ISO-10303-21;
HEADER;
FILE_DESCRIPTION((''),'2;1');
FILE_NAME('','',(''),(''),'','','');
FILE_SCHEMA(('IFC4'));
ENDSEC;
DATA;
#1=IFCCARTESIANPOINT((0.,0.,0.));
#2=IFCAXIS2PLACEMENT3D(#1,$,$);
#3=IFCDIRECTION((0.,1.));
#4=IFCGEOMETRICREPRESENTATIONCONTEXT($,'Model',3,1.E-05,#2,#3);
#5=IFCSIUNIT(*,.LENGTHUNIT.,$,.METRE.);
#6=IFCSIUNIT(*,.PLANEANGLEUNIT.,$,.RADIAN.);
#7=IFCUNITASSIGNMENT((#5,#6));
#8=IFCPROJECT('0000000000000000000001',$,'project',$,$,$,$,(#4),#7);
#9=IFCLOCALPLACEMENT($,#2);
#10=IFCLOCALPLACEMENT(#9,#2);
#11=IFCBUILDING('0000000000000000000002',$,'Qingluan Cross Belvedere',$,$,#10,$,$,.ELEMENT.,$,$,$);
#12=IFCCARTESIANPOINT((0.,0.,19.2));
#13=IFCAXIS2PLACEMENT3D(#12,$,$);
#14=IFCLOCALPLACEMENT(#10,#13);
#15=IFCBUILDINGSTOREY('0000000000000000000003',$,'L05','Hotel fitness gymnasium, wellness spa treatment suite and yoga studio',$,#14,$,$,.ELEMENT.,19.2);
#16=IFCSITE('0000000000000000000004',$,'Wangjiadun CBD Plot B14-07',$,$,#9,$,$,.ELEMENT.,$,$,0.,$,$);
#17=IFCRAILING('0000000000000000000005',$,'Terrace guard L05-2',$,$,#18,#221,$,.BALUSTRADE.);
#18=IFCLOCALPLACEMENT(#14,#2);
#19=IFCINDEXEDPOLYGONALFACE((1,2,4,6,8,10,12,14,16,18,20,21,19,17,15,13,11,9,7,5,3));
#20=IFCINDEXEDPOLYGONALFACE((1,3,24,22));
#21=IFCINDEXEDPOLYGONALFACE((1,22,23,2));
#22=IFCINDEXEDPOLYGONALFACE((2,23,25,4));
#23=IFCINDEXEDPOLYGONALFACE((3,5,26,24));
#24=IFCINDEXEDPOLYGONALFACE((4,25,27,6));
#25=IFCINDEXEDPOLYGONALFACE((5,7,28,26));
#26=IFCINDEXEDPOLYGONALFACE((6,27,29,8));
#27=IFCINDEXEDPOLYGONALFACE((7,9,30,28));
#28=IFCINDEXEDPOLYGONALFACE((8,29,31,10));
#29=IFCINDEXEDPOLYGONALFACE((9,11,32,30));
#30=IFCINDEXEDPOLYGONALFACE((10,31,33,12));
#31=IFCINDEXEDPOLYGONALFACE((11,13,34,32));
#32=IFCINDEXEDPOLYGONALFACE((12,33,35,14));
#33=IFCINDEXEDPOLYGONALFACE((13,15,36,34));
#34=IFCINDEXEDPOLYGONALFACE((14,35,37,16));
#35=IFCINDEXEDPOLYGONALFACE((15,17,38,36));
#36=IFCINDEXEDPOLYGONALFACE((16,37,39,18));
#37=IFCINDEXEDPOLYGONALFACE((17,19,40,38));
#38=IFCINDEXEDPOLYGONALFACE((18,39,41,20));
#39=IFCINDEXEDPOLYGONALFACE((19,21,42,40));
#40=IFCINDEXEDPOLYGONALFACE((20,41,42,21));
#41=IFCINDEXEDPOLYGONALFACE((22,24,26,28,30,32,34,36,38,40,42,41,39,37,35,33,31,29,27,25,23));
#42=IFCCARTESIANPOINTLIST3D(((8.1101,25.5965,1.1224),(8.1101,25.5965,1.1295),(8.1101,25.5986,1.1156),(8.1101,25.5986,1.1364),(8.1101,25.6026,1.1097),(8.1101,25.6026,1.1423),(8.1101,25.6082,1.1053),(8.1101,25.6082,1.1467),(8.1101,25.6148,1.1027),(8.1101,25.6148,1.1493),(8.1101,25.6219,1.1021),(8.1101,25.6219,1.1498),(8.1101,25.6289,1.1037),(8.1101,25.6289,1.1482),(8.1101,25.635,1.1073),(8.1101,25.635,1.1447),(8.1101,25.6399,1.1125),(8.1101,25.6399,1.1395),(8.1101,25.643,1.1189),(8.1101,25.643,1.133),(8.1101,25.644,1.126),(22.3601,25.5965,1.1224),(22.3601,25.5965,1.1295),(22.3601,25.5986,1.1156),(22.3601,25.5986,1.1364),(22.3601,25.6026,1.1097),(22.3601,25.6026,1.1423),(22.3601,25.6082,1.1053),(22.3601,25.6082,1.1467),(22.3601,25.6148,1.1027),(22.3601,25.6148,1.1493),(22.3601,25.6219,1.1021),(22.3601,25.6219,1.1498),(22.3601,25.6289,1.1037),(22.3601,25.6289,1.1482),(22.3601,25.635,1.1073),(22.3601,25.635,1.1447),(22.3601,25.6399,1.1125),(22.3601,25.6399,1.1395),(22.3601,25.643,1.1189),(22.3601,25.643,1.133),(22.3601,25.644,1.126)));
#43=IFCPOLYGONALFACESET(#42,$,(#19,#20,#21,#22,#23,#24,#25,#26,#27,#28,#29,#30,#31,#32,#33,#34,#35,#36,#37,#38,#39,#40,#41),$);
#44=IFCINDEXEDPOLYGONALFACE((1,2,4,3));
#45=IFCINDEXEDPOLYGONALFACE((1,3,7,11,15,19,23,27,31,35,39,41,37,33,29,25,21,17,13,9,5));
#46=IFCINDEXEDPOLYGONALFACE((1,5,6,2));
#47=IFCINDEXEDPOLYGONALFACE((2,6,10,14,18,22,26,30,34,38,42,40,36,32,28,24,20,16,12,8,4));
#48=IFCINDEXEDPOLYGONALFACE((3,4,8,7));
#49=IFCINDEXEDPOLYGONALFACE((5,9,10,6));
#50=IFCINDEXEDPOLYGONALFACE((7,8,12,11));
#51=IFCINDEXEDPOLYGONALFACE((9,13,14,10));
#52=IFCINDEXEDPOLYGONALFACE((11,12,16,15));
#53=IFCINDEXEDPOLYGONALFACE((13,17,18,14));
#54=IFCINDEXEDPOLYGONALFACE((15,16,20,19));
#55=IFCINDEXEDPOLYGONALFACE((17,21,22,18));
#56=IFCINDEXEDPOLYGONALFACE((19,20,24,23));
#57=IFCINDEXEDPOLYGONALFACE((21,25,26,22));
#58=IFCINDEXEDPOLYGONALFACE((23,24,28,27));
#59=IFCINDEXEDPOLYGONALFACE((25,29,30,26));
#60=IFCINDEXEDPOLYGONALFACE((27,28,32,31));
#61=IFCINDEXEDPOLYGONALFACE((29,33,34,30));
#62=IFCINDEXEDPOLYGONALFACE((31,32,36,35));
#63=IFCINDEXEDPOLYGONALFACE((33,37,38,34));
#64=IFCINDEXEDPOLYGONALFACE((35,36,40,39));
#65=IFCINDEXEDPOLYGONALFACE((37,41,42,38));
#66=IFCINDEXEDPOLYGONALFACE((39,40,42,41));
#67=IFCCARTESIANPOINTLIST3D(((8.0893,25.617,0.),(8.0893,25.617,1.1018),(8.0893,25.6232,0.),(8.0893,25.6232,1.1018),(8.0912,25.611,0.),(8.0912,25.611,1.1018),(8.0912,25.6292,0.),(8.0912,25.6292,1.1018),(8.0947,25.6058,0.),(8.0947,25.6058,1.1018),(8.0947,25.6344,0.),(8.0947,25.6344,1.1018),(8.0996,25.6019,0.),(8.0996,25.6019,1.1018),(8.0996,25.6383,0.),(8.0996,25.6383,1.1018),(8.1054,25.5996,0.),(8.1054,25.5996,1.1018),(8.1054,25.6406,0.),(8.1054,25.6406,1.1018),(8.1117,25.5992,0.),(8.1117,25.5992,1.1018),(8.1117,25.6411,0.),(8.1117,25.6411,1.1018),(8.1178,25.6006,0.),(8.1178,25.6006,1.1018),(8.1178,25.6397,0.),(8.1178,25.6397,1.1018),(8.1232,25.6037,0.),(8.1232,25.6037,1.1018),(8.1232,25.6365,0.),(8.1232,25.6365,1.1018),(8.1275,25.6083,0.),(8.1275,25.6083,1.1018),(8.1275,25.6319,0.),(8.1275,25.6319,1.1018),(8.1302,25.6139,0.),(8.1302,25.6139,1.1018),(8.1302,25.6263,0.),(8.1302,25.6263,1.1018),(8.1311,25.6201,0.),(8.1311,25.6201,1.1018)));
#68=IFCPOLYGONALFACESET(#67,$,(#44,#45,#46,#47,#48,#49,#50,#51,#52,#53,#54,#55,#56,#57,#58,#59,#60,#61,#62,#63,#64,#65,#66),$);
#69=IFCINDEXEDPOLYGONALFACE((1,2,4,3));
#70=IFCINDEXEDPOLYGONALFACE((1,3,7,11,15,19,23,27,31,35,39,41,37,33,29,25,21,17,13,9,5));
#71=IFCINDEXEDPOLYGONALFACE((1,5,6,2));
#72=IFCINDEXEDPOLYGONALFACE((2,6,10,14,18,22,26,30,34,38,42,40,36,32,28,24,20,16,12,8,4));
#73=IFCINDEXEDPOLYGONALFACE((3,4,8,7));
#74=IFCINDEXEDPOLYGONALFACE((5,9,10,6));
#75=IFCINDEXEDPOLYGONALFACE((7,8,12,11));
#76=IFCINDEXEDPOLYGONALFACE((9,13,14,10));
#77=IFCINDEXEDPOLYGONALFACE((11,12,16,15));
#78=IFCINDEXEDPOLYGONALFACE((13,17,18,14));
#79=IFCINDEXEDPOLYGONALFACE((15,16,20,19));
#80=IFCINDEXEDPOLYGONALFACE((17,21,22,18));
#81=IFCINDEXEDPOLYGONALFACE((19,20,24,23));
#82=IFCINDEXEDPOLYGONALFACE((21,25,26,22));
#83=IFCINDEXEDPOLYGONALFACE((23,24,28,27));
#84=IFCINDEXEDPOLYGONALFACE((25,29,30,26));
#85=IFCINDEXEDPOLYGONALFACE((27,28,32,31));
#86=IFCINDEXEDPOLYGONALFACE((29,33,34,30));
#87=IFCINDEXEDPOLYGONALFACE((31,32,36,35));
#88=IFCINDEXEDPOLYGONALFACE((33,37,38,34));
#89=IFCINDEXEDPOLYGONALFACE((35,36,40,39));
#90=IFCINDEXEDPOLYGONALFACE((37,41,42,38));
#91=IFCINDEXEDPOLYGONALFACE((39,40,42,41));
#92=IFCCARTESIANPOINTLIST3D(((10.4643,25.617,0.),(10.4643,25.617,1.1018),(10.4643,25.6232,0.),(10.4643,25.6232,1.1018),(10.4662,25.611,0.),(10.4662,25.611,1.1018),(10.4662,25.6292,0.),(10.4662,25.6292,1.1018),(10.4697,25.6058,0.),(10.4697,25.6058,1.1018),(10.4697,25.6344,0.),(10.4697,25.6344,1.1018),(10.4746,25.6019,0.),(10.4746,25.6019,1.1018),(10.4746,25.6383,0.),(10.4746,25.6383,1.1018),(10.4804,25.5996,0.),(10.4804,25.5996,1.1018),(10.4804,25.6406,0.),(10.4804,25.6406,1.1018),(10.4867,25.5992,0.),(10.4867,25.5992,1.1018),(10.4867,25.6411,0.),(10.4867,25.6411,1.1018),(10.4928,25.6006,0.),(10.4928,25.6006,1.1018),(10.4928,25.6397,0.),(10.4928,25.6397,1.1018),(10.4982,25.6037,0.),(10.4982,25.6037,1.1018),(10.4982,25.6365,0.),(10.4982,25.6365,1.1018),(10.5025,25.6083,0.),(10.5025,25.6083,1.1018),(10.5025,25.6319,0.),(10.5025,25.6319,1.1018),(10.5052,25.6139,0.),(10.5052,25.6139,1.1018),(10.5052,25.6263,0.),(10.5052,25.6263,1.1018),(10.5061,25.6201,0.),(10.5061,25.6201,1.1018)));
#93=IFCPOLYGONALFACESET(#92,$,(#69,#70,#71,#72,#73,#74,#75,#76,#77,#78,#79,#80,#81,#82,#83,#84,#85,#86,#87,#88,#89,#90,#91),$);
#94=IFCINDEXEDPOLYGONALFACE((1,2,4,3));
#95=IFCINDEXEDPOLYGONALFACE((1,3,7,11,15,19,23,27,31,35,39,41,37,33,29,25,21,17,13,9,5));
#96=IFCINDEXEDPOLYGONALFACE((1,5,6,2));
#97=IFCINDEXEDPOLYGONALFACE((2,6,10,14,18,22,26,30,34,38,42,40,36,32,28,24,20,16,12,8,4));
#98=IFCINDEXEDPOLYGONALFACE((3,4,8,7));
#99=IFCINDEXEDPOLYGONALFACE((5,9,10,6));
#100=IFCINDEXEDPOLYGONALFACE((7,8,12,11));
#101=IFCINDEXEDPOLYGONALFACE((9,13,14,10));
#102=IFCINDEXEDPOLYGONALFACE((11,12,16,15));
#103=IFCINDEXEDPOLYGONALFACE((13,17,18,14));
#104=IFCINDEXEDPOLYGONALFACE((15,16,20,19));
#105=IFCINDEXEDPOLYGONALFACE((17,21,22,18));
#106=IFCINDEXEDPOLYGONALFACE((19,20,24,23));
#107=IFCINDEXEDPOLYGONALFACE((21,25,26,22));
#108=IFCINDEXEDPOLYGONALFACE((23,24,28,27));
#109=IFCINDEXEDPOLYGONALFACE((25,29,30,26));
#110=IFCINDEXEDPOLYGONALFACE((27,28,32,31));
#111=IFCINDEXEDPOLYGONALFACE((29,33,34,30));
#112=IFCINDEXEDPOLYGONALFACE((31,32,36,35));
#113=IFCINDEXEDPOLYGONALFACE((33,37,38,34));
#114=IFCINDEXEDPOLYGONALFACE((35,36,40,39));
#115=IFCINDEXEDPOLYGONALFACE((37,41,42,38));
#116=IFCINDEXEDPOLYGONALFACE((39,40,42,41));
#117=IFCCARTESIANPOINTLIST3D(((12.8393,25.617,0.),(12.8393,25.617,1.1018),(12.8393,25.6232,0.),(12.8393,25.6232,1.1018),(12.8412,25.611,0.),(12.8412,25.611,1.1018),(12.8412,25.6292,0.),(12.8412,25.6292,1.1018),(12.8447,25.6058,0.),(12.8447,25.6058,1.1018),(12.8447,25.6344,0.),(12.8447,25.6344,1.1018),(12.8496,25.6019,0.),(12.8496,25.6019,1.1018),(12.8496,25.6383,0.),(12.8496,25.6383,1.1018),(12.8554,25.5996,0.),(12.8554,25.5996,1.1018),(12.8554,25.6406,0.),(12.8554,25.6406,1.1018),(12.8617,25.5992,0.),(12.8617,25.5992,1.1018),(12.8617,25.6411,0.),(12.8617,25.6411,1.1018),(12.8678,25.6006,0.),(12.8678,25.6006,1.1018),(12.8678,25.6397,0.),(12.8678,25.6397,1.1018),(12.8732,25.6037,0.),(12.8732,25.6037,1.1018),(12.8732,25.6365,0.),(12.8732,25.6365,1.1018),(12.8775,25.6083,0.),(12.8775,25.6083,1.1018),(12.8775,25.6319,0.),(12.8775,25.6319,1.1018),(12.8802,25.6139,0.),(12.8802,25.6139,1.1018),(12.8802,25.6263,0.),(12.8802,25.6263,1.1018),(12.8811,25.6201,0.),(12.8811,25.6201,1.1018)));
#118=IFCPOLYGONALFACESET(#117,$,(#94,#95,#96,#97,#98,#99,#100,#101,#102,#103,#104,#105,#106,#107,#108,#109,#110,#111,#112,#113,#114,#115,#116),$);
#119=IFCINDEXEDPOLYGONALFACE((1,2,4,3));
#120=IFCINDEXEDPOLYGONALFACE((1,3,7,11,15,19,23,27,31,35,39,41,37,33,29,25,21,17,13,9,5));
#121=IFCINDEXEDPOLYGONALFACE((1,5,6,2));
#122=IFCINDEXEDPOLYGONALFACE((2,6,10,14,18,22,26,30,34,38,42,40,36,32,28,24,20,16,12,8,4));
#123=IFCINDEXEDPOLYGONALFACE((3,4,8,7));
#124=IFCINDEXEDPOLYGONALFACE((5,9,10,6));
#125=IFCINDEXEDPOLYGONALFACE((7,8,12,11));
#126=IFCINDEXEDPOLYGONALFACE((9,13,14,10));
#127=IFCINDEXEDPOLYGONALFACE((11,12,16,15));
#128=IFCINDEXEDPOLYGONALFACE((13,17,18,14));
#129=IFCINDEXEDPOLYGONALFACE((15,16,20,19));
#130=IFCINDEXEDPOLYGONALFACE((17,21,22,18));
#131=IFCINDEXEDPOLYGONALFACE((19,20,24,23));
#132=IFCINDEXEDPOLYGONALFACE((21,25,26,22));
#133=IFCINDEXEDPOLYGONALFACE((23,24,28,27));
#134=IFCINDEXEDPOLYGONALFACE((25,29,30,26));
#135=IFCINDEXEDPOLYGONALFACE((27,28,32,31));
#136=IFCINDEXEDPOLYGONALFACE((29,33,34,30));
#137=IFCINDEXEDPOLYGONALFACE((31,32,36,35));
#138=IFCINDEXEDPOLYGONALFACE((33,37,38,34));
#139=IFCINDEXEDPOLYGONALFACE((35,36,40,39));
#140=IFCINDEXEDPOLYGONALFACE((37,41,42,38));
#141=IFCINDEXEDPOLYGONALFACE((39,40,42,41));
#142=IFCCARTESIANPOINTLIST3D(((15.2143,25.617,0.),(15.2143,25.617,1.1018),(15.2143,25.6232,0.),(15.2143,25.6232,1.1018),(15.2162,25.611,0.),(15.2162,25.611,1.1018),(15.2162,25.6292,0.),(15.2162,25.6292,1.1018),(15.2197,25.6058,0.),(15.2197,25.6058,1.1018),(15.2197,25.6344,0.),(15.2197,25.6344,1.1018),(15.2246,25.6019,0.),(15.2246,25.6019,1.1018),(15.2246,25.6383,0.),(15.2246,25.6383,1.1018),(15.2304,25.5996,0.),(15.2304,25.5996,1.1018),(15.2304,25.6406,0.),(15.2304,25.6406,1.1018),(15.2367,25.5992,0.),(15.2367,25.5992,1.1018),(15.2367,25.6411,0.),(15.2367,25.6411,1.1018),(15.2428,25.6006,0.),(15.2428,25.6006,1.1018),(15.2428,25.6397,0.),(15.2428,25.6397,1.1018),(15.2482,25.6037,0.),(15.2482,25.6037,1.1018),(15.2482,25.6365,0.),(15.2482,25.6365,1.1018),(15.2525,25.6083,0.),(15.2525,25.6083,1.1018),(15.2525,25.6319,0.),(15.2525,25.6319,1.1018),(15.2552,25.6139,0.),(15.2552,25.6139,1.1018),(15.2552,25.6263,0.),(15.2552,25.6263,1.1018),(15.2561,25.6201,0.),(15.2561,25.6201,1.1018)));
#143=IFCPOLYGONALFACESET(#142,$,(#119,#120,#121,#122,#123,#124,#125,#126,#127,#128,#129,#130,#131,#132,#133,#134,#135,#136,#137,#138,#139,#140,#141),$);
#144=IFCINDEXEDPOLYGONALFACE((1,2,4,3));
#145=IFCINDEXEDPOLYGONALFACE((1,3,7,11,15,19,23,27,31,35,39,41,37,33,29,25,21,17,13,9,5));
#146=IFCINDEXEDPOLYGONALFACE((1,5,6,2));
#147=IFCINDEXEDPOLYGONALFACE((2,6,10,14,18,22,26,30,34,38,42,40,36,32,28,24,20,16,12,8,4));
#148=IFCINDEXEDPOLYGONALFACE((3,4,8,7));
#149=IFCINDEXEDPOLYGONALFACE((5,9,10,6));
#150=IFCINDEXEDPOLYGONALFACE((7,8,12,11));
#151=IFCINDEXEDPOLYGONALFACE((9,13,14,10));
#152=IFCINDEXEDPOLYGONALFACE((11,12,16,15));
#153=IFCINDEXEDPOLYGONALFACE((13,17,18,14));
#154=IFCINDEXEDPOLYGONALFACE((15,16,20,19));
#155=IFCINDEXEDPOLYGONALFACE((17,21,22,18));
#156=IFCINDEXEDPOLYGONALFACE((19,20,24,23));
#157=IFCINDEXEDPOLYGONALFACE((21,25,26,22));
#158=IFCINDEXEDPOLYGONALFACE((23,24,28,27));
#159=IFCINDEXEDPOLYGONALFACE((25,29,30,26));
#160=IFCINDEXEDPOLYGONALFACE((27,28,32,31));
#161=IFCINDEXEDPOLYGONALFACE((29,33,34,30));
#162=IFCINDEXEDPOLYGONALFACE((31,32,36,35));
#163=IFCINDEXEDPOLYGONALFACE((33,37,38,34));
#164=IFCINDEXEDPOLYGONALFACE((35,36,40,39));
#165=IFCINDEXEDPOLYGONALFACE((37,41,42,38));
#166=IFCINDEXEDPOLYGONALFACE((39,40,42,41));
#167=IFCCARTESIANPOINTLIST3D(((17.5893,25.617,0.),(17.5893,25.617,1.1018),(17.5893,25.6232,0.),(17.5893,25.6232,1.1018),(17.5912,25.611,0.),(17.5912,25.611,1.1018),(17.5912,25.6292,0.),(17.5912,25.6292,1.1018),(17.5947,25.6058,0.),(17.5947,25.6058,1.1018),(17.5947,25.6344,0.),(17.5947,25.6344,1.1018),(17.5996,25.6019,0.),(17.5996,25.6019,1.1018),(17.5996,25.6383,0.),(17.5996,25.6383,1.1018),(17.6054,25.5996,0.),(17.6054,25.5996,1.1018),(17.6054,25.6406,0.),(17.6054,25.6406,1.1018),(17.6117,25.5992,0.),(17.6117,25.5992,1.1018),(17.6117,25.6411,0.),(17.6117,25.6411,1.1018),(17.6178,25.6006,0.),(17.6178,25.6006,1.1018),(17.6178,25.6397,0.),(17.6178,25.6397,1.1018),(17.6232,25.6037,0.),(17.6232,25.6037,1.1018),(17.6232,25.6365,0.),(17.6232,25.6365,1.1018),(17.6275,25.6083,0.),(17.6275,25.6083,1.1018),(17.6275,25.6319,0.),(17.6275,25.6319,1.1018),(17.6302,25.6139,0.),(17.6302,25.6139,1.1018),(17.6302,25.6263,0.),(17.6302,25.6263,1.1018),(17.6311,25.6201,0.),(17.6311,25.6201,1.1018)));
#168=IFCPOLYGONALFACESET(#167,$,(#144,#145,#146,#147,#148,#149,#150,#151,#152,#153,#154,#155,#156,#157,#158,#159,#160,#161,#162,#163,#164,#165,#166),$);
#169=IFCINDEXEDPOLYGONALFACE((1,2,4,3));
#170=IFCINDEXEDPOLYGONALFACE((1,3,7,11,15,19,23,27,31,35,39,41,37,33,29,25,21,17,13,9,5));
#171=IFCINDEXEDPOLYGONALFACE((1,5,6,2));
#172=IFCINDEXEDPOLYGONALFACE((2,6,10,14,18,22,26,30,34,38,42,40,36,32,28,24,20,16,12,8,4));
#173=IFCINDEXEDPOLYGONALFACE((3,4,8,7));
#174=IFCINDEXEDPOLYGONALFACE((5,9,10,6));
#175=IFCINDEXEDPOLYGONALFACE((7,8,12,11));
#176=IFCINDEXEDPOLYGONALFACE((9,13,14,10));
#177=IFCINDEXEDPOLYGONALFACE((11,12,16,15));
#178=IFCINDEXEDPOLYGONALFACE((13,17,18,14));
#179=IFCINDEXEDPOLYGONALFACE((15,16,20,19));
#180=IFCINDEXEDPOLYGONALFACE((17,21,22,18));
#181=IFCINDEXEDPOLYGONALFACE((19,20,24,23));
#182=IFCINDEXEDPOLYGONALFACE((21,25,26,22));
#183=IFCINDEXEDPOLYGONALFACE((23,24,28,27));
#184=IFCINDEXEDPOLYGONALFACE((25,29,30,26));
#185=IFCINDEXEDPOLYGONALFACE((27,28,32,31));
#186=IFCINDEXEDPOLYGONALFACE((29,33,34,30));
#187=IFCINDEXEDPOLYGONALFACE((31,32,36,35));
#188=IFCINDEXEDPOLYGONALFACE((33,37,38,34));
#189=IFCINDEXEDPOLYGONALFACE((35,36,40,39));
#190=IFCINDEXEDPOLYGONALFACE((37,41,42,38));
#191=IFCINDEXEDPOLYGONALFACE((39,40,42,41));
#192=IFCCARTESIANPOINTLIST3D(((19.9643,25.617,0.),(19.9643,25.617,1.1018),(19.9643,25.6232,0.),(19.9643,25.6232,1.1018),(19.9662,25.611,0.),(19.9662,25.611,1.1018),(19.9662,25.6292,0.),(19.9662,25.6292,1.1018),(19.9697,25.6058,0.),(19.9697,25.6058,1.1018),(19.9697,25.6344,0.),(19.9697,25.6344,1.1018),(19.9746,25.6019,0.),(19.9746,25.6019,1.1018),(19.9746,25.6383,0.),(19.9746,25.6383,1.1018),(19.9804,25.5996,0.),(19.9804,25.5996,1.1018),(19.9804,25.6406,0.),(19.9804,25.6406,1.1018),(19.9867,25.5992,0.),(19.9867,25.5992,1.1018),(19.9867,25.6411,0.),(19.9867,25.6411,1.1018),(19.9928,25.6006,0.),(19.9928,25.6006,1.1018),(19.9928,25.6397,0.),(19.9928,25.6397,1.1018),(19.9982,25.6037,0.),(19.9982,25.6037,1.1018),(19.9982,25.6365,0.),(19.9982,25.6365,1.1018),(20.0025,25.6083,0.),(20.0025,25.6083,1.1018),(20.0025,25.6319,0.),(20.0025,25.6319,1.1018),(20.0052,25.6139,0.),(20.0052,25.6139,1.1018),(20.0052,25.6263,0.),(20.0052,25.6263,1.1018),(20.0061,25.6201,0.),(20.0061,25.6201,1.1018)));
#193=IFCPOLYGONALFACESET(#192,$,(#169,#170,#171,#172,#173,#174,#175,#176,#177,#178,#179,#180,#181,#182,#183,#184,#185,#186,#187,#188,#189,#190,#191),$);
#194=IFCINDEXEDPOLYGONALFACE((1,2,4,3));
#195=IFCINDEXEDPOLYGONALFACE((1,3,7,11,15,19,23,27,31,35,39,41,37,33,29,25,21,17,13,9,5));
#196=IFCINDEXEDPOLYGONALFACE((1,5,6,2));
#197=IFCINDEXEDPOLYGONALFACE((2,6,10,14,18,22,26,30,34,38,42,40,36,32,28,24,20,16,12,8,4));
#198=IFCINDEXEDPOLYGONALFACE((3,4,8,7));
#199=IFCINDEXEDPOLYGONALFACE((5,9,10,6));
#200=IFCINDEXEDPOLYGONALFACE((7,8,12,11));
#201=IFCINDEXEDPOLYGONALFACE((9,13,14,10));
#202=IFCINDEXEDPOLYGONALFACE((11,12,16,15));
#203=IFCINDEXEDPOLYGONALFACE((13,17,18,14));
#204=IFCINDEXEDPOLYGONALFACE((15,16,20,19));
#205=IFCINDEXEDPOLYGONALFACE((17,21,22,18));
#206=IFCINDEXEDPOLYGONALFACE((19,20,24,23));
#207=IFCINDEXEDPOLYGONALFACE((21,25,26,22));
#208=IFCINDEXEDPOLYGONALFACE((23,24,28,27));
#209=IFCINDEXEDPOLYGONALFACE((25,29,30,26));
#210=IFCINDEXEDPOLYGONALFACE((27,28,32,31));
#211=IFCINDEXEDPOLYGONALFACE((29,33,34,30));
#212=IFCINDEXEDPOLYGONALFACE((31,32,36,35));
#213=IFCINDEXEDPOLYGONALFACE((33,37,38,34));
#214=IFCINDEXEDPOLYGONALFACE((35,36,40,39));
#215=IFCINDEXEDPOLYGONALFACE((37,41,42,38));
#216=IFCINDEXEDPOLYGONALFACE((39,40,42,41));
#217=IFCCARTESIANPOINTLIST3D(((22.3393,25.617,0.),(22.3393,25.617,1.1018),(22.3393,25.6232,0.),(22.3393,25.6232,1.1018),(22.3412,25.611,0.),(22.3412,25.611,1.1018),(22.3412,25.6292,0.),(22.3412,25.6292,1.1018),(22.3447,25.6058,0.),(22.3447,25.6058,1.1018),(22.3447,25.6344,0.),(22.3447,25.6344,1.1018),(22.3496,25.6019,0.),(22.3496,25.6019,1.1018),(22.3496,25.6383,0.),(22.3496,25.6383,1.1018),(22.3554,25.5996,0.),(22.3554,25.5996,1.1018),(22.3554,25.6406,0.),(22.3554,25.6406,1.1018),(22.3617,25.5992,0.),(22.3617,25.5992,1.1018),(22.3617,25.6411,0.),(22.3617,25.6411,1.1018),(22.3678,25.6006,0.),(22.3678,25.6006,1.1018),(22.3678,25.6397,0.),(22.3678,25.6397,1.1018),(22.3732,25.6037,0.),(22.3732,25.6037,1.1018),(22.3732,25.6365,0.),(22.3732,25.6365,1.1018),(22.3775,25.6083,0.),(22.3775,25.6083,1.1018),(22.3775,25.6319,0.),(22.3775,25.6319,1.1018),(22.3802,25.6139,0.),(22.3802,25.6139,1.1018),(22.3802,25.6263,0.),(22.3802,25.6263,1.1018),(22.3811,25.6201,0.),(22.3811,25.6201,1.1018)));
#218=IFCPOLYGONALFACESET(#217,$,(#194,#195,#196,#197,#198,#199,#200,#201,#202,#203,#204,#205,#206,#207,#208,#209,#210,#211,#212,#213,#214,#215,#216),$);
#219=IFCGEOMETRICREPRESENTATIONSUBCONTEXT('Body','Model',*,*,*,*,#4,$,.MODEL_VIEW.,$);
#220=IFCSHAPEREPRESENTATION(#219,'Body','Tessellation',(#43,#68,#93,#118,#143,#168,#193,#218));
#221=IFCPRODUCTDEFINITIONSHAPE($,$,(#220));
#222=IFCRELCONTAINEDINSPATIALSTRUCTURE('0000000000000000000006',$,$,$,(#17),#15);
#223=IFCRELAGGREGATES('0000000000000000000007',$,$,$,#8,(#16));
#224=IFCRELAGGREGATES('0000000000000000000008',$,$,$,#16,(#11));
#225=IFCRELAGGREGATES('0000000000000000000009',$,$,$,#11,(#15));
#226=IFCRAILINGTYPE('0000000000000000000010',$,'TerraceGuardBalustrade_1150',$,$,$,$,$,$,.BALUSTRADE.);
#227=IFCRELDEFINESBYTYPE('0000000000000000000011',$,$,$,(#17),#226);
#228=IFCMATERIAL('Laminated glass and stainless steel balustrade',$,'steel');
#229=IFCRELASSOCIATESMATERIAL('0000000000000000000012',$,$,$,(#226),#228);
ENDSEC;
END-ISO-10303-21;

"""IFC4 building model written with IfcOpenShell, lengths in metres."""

from ifc_helpers import new_model, si_unit, direction, frame, origin, origin_2d, place, context, subcontext, project, spatial, circle, extrude, material, type_object, element, save


model = new_model("IFC4")

# Units and contexts
model_context = context("Model", 3, precision=1e-05, world=origin(), true_north=direction((0.0, 1.0)))
body_context = subcontext(model_context, "Body", "Model", "MODEL_VIEW")
ifc_project = project(units=[si_unit("LENGTHUNIT", "METRE"), si_unit("PLANEANGLEUNIT", "RADIAN")], contexts=[model_context])

# Site, building, storey
site_placement = place(None, origin())
site = spatial("IfcSite", under=ifc_project, at=site_placement, Name="Wangjiadun CBD Plot B14-07", CompositionType="ELEMENT", RefElevation=0.0)
building_placement = place(site_placement, origin())
building = spatial("IfcBuilding", under=site, at=building_placement, Name="Qingluan Cross Belvedere", CompositionType="ELEMENT")
storey_placement = place(building_placement, frame((0.0, 0.0, 19.2)))
storey = spatial("IfcBuildingStorey", under=building, at=storey_placement, Name="L05", Description="Hotel fitness gymnasium, wellness spa treatment suite and yoga studio", CompositionType="ELEMENT", Elevation=19.2)

# Railing
ifc_material_1 = material(Name="Laminated glass and stainless steel balustrade", Category="steel")
railing_type = type_object("IfcRailingType", Name="TerraceGuardBalustrade_1150", PredefinedType="BALUSTRADE", material=ifc_material_1)
railing_placement = place(storey_placement, frame((8.1101, 25.6201, 0.0)))
element("IfcRailing", 1, at=railing_placement, inside=storey, type_object=railing_type, Name="Terrace guard L05-2", PredefinedType="BALUSTRADE", context=body_context, shape_type="SweptSolid", body=[
    extrude(circle(Radius=0.0239, at=origin_2d()), frame((0.0, 0.0, 1.126), z_axis=(1.0, 0.0, 0.0), x_axis=(0.0, 1.0, 0.0)), (0.0, 0.0, 1.0), 14.25),
    extrude(circle(Radius=0.021, at=origin_2d()), origin(), (0.0, 0.0, 1.0), 1.1018),
    extrude(circle(Radius=0.021, at=origin_2d()), frame((2.375, 0.0, 0.0)), (0.0, 0.0, 1.0), 1.1018),
    extrude(circle(Radius=0.021, at=origin_2d()), frame((4.75, 0.0, 0.0)), (0.0, 0.0, 1.0), 1.1018),
    extrude(circle(Radius=0.021, at=origin_2d()), frame((7.125, 0.0, 0.0)), (0.0, 0.0, 1.0), 1.1018),
    extrude(circle(Radius=0.021, at=origin_2d()), frame((9.5, 0.0, 0.0)), (0.0, 0.0, 1.0), 1.1018),
    extrude(circle(Radius=0.021, at=origin_2d()), frame((11.875, 0.0, 0.0)), (0.0, 0.0, 1.0), 1.1018),
    extrude(circle(Radius=0.021, at=origin_2d()), frame((14.25, 0.0, 0.0)), (0.0, 0.0, 1.0), 1.1018),
])

save(model, "model.ifc")
